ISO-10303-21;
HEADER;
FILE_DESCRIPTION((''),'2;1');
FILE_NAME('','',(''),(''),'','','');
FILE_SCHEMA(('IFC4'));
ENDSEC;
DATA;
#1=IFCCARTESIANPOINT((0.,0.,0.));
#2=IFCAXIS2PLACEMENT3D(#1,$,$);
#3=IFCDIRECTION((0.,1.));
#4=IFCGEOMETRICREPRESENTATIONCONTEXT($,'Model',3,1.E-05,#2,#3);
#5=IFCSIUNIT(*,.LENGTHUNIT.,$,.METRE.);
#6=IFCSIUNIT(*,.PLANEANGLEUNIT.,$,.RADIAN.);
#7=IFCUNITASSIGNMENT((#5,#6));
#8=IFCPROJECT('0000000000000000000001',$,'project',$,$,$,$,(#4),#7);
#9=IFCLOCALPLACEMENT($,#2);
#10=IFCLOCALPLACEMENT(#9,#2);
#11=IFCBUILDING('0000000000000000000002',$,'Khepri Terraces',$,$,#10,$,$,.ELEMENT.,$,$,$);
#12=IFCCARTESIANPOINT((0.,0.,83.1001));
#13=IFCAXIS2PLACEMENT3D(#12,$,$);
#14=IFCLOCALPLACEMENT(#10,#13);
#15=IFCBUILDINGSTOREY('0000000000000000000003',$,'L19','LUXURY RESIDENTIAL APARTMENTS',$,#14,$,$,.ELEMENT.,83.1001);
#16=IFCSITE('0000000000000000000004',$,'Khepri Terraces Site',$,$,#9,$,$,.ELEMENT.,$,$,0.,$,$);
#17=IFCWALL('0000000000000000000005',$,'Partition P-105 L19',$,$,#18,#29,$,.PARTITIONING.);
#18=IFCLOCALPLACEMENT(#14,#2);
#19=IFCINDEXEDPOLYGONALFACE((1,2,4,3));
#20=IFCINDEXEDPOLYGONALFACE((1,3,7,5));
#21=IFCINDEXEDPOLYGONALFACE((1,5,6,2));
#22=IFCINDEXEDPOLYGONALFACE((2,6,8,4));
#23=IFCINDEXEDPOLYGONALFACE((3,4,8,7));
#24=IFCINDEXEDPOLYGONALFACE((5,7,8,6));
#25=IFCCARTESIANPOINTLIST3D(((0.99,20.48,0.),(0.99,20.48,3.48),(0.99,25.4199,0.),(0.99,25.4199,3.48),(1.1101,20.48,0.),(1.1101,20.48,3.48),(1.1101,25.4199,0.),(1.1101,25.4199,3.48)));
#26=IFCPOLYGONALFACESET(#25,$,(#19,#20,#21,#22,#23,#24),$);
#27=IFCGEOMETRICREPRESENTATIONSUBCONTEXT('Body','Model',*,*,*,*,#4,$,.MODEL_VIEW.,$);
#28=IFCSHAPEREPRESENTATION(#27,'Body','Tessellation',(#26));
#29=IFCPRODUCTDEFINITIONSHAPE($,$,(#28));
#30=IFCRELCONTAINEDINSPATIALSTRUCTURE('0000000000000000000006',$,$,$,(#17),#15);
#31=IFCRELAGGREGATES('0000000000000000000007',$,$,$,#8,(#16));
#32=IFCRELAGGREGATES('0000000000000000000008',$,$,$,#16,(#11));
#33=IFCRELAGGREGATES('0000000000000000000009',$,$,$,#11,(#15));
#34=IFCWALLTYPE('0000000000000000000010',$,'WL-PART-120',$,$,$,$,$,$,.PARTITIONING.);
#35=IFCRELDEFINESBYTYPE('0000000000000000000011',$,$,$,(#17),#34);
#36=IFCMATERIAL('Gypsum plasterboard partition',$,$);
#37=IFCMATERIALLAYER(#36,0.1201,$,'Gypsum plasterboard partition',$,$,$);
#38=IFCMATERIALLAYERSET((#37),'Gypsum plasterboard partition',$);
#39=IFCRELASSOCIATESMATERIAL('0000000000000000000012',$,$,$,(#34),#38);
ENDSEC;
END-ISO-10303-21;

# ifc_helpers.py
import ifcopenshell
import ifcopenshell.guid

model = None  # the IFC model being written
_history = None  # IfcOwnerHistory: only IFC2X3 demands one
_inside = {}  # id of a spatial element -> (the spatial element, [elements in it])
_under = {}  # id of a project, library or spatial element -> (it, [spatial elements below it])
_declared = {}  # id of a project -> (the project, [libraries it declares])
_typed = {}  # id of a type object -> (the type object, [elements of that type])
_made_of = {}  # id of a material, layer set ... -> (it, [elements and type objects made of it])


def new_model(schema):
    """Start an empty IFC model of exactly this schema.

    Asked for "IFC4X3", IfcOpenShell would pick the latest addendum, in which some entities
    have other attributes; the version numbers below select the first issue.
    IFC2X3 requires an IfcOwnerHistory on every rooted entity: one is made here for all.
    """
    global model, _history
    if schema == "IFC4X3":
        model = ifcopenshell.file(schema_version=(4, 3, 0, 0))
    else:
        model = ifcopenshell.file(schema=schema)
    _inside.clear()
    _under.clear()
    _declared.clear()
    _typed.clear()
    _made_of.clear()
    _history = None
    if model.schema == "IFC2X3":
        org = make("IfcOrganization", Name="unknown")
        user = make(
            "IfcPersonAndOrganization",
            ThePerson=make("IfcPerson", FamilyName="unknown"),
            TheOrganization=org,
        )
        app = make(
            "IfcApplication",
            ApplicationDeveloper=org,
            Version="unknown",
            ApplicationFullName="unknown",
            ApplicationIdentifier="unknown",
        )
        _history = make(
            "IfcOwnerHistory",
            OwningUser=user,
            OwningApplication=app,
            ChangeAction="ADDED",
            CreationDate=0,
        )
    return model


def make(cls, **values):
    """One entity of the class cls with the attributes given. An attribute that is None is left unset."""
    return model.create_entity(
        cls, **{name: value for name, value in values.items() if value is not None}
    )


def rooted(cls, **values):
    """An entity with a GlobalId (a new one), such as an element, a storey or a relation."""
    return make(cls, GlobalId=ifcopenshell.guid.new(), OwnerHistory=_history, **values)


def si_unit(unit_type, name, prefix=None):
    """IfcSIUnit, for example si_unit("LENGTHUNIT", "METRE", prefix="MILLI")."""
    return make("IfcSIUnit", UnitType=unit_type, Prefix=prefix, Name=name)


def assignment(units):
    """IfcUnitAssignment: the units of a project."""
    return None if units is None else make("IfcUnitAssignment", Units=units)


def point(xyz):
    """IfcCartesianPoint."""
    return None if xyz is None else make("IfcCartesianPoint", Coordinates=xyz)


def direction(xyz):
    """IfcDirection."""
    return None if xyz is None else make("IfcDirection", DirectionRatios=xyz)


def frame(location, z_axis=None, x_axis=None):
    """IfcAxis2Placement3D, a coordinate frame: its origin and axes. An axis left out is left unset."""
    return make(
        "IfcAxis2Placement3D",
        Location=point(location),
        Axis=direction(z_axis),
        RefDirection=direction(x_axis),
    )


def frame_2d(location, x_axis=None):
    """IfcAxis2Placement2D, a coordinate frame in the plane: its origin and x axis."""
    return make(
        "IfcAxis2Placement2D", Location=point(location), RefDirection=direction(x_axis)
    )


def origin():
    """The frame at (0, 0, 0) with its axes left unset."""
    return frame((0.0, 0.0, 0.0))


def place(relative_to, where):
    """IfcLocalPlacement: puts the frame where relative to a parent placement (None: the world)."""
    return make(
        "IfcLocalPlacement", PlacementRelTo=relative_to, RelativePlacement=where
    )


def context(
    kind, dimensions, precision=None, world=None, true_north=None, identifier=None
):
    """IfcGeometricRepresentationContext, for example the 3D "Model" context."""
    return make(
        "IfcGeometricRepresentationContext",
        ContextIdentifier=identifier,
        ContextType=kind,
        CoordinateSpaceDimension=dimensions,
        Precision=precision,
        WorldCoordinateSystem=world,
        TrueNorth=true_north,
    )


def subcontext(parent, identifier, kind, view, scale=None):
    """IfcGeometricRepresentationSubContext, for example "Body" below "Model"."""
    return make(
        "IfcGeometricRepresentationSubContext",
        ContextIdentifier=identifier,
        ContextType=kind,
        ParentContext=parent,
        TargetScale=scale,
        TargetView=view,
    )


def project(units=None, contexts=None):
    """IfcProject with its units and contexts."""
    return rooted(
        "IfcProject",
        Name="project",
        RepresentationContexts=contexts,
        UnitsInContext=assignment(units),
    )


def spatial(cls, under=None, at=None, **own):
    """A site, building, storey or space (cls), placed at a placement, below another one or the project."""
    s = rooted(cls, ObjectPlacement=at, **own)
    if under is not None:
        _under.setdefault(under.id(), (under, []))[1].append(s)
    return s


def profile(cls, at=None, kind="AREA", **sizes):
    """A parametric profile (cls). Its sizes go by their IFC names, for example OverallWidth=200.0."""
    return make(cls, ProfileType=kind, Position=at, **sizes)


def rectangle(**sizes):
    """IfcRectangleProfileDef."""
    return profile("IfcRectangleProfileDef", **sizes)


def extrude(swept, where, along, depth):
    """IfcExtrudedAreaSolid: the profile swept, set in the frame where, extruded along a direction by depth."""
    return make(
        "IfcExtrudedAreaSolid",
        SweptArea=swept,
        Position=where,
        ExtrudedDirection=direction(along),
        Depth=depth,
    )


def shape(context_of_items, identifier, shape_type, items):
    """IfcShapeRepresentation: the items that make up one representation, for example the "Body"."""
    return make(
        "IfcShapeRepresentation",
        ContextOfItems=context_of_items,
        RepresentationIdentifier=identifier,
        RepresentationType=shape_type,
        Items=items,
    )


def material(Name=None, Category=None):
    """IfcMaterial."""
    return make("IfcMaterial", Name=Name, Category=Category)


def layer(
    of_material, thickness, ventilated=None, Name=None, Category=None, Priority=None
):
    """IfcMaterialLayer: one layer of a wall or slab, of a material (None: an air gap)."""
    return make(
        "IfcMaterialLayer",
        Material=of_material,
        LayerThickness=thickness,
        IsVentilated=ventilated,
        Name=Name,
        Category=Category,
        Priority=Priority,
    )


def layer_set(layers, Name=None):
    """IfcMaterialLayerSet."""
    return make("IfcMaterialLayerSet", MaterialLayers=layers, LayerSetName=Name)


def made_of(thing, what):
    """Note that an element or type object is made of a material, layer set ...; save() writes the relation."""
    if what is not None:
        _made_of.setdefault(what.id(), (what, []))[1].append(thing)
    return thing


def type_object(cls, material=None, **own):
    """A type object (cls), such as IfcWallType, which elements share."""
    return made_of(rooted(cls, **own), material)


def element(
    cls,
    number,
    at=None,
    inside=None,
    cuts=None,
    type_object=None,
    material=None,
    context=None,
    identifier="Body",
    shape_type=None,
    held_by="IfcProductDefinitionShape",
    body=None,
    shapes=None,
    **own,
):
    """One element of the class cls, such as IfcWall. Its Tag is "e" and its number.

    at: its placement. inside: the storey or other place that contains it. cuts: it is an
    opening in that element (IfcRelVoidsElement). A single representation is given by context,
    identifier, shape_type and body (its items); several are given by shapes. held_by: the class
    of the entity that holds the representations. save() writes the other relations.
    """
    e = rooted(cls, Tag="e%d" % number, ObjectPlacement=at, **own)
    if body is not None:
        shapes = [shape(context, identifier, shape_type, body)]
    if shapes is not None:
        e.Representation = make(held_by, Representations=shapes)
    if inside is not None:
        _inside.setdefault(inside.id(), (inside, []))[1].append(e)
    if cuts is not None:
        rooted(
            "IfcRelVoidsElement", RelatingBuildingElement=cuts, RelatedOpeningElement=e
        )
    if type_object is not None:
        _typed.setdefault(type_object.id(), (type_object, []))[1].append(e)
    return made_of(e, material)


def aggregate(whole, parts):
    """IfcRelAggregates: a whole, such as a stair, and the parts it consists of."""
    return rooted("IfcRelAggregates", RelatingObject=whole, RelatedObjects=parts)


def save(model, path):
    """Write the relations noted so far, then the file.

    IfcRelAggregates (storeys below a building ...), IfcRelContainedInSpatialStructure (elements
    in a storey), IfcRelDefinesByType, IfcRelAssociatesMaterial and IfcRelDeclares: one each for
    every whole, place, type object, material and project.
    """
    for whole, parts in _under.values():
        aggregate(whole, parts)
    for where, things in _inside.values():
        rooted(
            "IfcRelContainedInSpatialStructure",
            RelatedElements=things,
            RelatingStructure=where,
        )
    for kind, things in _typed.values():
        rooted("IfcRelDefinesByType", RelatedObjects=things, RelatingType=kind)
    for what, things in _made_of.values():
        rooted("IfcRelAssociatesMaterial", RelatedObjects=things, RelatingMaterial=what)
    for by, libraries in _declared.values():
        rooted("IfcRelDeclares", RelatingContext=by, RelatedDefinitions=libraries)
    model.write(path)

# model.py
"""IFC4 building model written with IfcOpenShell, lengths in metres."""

from ifc_helpers import new_model, si_unit, direction, frame, frame_2d, origin, place, context, subcontext, project, spatial, rectangle, extrude, material, layer, layer_set, type_object, element, save


model = new_model("IFC4")

# Units and contexts
model_context = context("Model", 3, precision=1e-05, world=origin(), true_north=direction((0.0, 1.0)))
body_context = subcontext(model_context, "Body", "Model", "MODEL_VIEW")
ifc_project = project(units=[si_unit("LENGTHUNIT", "METRE"), si_unit("PLANEANGLEUNIT", "RADIAN")], contexts=[model_context])

# Site, building, storey
site_placement = place(None, origin())
site = spatial("IfcSite", under=ifc_project, at=site_placement, Name="Khepri Terraces Site", CompositionType="ELEMENT", RefElevation=0.0)
building_placement = place(site_placement, origin())
building = spatial("IfcBuilding", under=site, at=building_placement, Name="Khepri Terraces", CompositionType="ELEMENT")
storey_placement = place(building_placement, frame((0.0, 0.0, 83.1001)))
storey = spatial("IfcBuildingStorey", under=building, at=storey_placement, Name="L19", Description="LUXURY RESIDENTIAL APARTMENTS", CompositionType="ELEMENT", Elevation=83.1001)

# Shared definitions
ifc_material_1 = material(Name="Gypsum plasterboard partition")
ifc_layer_1 = layer(ifc_material_1, 0.1201, Name="Gypsum plasterboard partition")
ifc_layer_set_1 = layer_set([ifc_layer_1], Name="Gypsum plasterboard partition")
wall_type_1 = type_object("IfcWallType", Name="WL-PART-120", PredefinedType="PARTITIONING", material=ifc_layer_set_1)

# Wall
wall_1_placement = place(storey_placement, frame((1.05, 20.48, 0.0), z_axis=(0.0, 0.0, 1.0), x_axis=(0.0, 1.0, 0.0)))
element("IfcWall", 1, at=wall_1_placement, inside=storey, type_object=wall_type_1, Name="Partition P-105 L19", PredefinedType="PARTITIONING", context=body_context, shape_type="SweptSolid", body=[
    extrude(rectangle(XDim=4.9399, YDim=0.1201, at=frame_2d((2.47, 0.0))), origin(), (0.0, 0.0, 1.0), 3.48),
])

save(model, "model.ifc")
